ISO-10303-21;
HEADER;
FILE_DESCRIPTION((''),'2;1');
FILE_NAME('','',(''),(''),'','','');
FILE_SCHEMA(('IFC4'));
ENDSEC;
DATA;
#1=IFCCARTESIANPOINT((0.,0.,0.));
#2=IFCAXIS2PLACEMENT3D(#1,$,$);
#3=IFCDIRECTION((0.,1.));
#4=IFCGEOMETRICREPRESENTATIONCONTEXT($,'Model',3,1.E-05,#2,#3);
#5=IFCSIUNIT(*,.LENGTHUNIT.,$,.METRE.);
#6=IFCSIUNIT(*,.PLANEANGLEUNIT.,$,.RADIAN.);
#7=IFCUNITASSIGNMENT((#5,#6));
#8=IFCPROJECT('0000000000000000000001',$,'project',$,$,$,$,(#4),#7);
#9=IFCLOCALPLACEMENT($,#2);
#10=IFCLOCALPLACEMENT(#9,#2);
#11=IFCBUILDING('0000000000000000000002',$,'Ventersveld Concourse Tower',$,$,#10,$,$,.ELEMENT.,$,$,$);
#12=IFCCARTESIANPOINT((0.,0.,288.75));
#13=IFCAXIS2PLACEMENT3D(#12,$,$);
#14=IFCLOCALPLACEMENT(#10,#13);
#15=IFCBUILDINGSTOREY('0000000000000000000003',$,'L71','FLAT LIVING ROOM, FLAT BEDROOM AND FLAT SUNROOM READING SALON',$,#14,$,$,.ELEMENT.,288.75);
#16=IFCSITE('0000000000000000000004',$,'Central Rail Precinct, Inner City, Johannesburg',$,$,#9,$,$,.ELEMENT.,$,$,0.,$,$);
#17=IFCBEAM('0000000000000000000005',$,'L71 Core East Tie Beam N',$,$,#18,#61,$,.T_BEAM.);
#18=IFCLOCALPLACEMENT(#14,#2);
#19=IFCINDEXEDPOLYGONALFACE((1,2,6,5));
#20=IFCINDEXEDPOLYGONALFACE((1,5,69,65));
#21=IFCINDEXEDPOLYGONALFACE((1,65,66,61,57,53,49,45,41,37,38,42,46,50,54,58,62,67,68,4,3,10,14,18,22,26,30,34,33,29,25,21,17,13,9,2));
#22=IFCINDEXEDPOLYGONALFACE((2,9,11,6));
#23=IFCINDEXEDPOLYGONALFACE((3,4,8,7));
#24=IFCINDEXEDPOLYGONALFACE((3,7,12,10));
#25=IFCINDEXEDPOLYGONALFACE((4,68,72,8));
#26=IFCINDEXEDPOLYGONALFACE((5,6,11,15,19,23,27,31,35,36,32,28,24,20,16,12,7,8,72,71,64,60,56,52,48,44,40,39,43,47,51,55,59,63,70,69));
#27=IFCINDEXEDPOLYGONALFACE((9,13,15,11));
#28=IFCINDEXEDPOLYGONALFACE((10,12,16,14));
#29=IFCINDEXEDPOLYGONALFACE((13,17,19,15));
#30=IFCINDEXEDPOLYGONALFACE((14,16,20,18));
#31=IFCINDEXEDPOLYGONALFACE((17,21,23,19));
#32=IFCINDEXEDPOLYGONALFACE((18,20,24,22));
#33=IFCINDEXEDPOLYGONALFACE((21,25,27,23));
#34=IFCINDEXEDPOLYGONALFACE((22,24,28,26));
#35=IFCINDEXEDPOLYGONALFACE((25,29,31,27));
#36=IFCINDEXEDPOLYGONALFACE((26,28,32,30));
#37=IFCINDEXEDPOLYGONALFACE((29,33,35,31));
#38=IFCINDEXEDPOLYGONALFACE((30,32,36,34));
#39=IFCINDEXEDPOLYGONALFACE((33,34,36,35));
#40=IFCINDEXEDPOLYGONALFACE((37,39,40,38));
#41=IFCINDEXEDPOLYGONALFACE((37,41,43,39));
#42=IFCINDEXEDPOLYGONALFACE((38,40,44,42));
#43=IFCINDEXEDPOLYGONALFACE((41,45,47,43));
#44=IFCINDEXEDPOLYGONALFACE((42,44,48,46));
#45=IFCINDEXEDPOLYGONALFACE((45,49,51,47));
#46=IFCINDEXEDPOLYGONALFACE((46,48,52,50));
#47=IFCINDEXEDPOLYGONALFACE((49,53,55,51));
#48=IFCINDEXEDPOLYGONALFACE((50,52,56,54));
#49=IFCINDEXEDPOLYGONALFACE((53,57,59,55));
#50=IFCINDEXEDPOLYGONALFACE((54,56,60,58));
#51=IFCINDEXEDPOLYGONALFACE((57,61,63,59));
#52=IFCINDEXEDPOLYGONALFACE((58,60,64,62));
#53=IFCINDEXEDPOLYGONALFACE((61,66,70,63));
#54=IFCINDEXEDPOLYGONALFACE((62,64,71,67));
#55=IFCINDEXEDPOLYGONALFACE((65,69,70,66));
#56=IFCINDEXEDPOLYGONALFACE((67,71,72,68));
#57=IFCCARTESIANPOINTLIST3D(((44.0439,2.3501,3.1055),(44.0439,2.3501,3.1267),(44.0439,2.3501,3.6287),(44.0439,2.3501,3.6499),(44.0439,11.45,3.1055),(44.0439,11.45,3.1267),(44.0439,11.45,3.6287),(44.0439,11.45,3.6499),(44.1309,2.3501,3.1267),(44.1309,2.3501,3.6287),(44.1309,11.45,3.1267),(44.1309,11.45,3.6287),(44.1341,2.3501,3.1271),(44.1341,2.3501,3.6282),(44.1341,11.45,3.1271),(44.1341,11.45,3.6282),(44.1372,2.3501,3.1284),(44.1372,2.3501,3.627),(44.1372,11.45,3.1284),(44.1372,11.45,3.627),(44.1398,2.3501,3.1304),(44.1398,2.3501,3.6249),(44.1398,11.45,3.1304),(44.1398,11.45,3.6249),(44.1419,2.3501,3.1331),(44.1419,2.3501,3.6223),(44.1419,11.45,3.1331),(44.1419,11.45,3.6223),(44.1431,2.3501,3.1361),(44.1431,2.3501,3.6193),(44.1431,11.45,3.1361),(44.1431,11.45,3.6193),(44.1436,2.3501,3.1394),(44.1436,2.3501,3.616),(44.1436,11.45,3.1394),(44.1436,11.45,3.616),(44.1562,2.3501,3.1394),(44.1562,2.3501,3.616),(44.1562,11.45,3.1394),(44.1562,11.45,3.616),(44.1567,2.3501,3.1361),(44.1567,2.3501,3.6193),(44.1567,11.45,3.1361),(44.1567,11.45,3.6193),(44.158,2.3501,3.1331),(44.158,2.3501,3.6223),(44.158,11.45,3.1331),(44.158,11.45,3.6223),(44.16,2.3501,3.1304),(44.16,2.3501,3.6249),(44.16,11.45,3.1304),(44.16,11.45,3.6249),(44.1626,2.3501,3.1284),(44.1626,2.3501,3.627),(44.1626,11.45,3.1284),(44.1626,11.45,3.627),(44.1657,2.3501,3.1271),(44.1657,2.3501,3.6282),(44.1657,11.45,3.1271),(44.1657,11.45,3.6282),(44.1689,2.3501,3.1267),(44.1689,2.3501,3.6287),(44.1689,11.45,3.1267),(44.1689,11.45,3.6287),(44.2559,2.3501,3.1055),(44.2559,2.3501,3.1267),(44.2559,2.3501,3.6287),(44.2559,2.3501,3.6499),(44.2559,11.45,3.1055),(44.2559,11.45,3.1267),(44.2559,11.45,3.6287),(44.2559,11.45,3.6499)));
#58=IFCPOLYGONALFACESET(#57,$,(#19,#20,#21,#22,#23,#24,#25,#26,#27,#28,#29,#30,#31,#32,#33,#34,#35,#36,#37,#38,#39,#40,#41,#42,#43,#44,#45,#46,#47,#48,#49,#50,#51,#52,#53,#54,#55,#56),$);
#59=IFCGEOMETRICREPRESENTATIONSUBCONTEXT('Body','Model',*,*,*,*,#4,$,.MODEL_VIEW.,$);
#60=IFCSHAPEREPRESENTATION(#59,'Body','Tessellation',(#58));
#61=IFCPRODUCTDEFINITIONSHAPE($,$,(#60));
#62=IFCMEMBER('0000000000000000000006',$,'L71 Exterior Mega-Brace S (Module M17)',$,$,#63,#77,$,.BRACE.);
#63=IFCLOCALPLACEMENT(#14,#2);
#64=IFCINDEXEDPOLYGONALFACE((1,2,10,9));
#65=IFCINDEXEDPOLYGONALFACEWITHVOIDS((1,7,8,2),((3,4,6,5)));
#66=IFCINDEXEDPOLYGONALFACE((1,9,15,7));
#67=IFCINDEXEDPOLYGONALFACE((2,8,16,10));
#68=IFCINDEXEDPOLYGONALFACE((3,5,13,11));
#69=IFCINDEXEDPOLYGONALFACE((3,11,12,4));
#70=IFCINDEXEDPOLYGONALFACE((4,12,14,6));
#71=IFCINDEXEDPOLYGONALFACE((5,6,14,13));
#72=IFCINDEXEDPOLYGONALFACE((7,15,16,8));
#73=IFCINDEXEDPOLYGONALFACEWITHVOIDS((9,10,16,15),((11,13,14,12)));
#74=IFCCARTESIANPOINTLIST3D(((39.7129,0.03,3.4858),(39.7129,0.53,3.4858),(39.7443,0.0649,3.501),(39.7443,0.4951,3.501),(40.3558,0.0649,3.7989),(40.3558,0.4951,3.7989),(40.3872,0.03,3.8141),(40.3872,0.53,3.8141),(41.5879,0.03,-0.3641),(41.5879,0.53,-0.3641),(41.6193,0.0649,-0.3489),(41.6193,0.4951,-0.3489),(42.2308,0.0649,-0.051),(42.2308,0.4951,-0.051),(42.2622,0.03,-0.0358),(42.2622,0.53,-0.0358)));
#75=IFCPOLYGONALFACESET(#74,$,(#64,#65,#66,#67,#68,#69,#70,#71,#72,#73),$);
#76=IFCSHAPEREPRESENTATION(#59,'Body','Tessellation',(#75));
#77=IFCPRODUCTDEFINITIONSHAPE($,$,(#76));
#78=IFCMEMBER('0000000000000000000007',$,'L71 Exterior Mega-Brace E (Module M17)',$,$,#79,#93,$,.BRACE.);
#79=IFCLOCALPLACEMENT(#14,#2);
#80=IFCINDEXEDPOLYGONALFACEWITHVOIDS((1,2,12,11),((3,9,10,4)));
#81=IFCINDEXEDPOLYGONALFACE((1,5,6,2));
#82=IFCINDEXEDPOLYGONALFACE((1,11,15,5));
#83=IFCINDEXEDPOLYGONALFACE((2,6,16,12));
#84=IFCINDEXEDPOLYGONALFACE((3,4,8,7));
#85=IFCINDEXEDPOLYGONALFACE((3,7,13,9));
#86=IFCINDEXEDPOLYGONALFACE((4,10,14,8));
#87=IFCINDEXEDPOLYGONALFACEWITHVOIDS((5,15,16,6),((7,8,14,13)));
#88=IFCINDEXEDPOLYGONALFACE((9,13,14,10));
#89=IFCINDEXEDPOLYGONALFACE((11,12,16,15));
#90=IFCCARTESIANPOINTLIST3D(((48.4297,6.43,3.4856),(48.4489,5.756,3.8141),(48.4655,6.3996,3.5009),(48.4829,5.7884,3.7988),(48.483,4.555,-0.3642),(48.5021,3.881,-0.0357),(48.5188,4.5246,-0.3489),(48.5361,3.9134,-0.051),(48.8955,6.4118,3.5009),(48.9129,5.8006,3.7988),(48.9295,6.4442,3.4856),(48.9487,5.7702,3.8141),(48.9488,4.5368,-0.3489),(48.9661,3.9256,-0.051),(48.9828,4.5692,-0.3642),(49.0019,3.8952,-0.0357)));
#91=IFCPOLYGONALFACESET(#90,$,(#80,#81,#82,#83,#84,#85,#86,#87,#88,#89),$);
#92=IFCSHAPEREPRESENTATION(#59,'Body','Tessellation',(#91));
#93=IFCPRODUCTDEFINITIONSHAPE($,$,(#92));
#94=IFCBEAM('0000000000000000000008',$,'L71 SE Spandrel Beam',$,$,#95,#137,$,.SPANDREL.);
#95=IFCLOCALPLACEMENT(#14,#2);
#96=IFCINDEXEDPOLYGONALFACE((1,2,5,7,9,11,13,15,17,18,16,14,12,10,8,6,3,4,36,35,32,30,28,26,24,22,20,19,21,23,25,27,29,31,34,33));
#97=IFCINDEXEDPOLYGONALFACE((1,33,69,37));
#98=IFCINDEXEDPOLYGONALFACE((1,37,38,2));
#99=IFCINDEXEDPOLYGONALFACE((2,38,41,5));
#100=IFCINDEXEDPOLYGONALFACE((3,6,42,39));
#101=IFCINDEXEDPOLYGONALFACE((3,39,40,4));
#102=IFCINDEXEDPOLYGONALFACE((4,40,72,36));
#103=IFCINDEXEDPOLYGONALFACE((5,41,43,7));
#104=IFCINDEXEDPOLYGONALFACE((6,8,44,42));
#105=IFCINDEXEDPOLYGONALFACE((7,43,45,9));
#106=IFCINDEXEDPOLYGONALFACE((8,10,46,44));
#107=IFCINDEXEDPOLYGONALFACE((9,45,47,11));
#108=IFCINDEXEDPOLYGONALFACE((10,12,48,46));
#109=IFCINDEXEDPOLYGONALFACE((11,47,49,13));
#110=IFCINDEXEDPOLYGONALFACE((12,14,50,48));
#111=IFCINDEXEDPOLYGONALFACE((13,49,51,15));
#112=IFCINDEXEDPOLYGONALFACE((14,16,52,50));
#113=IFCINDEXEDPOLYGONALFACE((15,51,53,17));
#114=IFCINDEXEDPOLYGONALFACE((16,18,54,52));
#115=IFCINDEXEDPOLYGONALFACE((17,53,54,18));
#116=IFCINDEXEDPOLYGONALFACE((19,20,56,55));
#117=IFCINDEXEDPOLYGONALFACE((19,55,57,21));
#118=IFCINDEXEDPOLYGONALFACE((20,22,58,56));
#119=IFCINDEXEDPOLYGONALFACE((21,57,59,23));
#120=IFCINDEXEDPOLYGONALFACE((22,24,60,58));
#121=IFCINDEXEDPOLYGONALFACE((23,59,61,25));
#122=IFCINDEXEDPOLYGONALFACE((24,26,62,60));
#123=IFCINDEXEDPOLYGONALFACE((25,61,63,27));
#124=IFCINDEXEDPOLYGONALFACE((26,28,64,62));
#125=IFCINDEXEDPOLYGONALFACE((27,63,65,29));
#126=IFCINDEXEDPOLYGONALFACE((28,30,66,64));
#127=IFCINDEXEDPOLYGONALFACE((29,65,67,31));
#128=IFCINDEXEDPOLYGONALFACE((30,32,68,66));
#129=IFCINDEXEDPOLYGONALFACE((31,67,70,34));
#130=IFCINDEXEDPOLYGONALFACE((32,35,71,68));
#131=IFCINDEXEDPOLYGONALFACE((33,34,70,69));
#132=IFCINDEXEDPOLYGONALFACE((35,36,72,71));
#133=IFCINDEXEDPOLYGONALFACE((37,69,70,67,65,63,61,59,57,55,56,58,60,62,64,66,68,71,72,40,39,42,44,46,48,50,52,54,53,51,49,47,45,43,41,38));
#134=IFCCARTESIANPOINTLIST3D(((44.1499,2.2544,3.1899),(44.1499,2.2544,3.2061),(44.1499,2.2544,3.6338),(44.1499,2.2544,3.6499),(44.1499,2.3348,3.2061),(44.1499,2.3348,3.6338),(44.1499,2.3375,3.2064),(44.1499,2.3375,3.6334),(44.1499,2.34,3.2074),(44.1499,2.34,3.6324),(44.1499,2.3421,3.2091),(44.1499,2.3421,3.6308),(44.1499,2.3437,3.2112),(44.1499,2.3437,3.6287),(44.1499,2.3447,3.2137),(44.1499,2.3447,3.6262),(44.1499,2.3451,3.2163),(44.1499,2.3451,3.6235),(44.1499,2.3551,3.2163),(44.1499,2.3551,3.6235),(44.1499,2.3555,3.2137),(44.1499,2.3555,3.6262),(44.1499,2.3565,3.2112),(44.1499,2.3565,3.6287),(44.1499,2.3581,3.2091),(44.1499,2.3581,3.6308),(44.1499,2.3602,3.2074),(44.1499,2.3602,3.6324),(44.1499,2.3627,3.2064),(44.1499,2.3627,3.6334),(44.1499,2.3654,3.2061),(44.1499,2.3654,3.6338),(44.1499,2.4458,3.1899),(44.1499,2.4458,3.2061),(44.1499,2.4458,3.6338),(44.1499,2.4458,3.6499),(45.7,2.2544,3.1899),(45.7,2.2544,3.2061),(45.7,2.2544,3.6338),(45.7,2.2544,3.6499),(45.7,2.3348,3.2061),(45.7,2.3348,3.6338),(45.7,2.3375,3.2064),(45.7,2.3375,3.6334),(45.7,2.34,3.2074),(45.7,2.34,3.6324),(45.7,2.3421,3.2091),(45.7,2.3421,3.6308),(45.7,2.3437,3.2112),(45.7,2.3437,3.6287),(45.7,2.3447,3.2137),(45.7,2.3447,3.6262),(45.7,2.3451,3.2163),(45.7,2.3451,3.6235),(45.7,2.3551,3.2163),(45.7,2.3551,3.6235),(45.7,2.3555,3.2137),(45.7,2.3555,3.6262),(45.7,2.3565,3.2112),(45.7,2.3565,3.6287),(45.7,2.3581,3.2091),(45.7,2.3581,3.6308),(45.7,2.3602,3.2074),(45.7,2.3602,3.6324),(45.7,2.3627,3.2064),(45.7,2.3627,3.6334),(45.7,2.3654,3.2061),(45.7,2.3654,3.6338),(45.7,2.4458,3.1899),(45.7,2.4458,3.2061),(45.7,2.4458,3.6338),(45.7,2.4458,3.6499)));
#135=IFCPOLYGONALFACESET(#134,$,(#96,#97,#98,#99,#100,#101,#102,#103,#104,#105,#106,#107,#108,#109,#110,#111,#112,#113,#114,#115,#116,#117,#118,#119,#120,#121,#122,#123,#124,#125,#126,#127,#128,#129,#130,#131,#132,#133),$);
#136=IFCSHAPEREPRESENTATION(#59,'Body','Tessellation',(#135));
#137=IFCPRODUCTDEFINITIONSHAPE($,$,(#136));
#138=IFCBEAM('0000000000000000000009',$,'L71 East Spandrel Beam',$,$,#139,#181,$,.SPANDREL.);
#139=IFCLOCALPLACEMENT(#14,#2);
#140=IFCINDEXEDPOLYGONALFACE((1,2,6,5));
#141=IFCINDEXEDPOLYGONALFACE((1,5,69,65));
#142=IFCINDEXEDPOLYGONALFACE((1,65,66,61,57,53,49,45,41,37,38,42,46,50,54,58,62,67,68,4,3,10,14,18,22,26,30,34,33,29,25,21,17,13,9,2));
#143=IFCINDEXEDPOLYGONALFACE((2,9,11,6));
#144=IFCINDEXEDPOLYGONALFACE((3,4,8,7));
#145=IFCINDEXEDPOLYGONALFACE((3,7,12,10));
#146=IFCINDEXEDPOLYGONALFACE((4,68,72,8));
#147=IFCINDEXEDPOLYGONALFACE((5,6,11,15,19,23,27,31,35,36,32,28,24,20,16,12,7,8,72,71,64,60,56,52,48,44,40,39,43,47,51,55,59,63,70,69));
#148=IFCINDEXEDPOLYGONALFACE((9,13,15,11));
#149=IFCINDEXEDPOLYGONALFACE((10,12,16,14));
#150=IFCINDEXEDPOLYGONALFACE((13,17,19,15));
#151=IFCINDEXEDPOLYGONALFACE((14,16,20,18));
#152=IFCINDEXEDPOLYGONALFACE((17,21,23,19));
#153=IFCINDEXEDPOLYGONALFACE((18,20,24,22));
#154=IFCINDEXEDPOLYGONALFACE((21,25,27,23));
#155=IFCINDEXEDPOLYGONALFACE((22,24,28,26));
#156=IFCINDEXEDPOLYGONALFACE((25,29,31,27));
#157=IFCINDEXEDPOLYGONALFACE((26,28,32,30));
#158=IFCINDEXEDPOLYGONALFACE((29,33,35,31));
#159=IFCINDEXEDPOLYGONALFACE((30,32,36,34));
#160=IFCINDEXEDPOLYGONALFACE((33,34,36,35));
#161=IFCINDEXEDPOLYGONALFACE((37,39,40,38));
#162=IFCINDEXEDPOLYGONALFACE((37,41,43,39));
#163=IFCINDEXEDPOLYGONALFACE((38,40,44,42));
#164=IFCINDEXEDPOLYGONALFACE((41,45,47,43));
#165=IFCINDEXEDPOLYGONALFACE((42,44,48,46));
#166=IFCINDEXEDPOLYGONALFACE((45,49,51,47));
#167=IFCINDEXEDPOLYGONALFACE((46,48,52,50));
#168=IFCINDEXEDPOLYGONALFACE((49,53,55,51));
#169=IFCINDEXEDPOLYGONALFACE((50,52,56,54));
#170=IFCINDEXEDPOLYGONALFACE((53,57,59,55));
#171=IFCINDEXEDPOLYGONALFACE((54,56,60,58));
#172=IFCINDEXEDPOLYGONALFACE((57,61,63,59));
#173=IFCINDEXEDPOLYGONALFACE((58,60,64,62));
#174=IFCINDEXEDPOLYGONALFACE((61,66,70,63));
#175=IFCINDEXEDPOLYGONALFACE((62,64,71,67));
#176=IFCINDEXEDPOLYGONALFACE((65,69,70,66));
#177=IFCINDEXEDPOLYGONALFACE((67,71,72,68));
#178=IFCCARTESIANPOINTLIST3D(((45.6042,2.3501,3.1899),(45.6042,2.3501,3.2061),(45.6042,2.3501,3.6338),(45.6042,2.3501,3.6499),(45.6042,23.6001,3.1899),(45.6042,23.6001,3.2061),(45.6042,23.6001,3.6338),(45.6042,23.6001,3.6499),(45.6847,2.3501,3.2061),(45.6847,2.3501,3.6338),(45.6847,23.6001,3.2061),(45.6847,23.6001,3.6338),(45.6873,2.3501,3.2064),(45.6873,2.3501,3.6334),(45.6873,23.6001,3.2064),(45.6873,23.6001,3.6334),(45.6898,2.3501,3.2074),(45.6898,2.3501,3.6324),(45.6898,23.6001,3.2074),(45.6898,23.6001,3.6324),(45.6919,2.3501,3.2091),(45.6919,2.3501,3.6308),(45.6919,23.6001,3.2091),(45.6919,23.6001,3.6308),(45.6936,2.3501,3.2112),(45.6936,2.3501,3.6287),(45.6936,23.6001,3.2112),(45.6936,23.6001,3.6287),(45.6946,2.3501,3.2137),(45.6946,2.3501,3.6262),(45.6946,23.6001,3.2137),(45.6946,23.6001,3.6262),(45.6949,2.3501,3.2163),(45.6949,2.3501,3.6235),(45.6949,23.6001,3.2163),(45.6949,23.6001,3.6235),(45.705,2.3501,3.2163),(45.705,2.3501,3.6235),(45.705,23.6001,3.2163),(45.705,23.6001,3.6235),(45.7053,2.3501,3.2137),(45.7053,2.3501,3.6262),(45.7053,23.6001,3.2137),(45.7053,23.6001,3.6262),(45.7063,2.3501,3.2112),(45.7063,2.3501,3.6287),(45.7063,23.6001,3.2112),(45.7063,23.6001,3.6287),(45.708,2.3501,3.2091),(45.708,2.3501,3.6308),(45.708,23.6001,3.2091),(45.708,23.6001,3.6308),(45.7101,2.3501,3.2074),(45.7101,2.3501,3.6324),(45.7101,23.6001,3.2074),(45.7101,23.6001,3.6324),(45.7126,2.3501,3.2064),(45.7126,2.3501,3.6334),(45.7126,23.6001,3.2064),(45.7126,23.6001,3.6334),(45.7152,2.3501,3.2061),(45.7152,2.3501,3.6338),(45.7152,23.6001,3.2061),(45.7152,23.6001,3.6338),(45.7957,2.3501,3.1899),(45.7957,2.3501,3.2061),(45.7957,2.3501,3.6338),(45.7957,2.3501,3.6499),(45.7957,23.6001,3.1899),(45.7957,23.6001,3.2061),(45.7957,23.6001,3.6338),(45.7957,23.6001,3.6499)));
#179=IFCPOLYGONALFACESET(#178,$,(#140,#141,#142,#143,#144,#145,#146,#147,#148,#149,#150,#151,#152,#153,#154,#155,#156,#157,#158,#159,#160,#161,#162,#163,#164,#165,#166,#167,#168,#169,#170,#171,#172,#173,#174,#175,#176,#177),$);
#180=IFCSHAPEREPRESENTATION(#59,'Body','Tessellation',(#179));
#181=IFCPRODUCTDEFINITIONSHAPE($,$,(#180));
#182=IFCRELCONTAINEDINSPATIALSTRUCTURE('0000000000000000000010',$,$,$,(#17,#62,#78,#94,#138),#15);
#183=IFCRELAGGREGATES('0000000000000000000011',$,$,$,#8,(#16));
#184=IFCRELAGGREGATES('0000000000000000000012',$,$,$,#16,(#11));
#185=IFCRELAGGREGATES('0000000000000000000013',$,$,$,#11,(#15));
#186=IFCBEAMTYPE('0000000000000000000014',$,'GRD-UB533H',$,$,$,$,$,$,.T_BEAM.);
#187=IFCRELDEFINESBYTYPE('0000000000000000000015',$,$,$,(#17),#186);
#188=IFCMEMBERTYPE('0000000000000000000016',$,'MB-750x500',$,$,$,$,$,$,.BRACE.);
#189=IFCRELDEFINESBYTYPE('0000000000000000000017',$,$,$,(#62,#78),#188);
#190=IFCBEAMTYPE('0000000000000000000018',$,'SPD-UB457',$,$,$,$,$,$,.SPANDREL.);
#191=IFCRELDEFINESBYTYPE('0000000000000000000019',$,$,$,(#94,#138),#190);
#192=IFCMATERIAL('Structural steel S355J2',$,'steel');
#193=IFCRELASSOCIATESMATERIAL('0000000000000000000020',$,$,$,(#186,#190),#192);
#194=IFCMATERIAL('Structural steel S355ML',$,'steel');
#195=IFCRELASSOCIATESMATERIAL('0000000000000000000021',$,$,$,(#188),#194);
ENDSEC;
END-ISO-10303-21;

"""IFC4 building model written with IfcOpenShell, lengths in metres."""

from ifc_helpers import new_model, si_unit, direction, frame, origin, origin_2d, place, context, subcontext, project, spatial, hollow_rectangle, i_section, extrude, material, material_profile, profile_set, type_object, element, save


model = new_model("IFC4")

# Units and contexts
model_context = context("Model", 3, precision=1e-05, world=origin(), true_north=direction((0.0, 1.0)))
body_context = subcontext(model_context, "Body", "Model", "MODEL_VIEW")
ifc_project = project(units=[si_unit("LENGTHUNIT", "METRE"), si_unit("PLANEANGLEUNIT", "RADIAN")], contexts=[model_context])

# Site, building, storey
site_placement = place(None, origin())
site = spatial("IfcSite", under=ifc_project, at=site_placement, Name="Central Rail Precinct, Inner City, Johannesburg", CompositionType="ELEMENT", RefElevation=0.0)
building_placement = place(site_placement, origin())
building = spatial("IfcBuilding", under=site, at=building_placement, Name="Ventersveld Concourse Tower", CompositionType="ELEMENT")
storey_placement = place(building_placement, frame((0.0, 0.0, 288.75)))
storey = spatial("IfcBuildingStorey", under=building, at=storey_placement, Name="L71", Description="FLAT LIVING ROOM, FLAT BEDROOM AND FLAT SUNROOM READING SALON", CompositionType="ELEMENT", Elevation=288.75)

# Beam
ifc_material_1 = material(Name="Structural steel S355J2", Category="steel")
ifc_material_profile_1 = material_profile(ifc_material_1, i_section(OverallWidth=0.2119, OverallDepth=0.5444, WebThickness=0.0127, FlangeThickness=0.0212, FilletRadius=0.0127, at=origin_2d()), Name="UB 533x210x122")
ifc_profile_set_1 = profile_set([ifc_material_profile_1], Name="Structural steel S355J2")
beam_type_1 = type_object("IfcBeamType", Name="GRD-UB533H", PredefinedType="T_BEAM", material=ifc_profile_set_1)
beam_1_placement = place(storey_placement, frame((44.1499, 2.3501, 3.3777), z_axis=(0.0, 1.0, 0.0), x_axis=(-1.0, 0.0, 0.0)))
element("IfcBeam", 1, at=beam_1_placement, inside=storey, type_object=beam_type_1, Name="L71 Core East Tie Beam N", PredefinedType="T_BEAM", context=body_context, shape_type="SweptSolid", body=[
    extrude(i_section(OverallWidth=0.2119, OverallDepth=0.5444, WebThickness=0.0127, FlangeThickness=0.0212, FilletRadius=0.0127, at=origin_2d()), origin(), (0.0, 0.0, 1.0), 9.0999),
])

# Members
ifc_material_2 = material(Name="Structural steel S355ML", Category="steel")
ifc_material_profile_2 = material_profile(ifc_material_2, hollow_rectangle(XDim=0.5, YDim=0.75, WallThickness=0.0349, at=origin_2d()), Name="BOX 750x500x35")
ifc_profile_set_2 = profile_set([ifc_material_profile_2], Name="Structural steel S355ML")
member_type = type_object("IfcMemberType", Name="MB-750x500", PredefinedType="BRACE", material=ifc_profile_set_2)
member_1_placement = place(storey_placement, frame((41.925, 0.28, -0.2), z_axis=(-0.437862, 0.0, 0.899042), x_axis=(0.0, -1.0, 0.0)))
element("IfcMember", 2, at=member_1_placement, inside=storey, type_object=member_type, Name="L71 Exterior Mega-Brace S (Module M17)", PredefinedType="BRACE", context=body_context, shape_type="SweptSolid", body=[
    extrude(hollow_rectangle(XDim=0.5, YDim=0.75, WallThickness=0.0349, at=origin_2d()), origin(), (0.0, 0.0, 1.0), 4.2822),
])
member_2_placement = place(storey_placement, frame((48.7424, 4.2251, -0.2), z_axis=(-0.012428, 0.437828, 0.898973), x_axis=(-0.999597, -0.028374, 0.0)))
element("IfcMember", 3, at=member_2_placement, inside=storey, type_object=member_type, Name="L71 Exterior Mega-Brace E (Module M17)", PredefinedType="BRACE", context=body_context, shape_type="SweptSolid", body=[
    extrude(hollow_rectangle(XDim=0.5, YDim=0.75, WallThickness=0.0349, at=origin_2d()), origin(), (0.0, 0.0, 1.0), 4.2825),
])

# Beams
ifc_material_profile_3 = material_profile(ifc_material_1, i_section(OverallWidth=0.1914, OverallDepth=0.46, WebThickness=0.01, FlangeThickness=0.0161, FilletRadius=0.0103, at=origin_2d()), Name="UB 457x191x82")
ifc_profile_set_3 = profile_set([ifc_material_profile_3], Name="Structural steel S355J2")
beam_type_2 = type_object("IfcBeamType", Name="SPD-UB457", PredefinedType="SPANDREL", material=ifc_profile_set_3)
beam_2_placement = place(storey_placement, frame((44.1499, 2.3501, 3.4199), z_axis=(1.0, 0.0, 0.0), x_axis=(0.0, 1.0, 0.0)))
element("IfcBeam", 4, at=beam_2_placement, inside=storey, type_object=beam_type_2, Name="L71 SE Spandrel Beam", PredefinedType="SPANDREL", context=body_context, shape_type="SweptSolid", body=[
    extrude(i_section(OverallWidth=0.1914, OverallDepth=0.46, WebThickness=0.01, FlangeThickness=0.0161, FilletRadius=0.0103, at=origin_2d()), origin(), (0.0, 0.0, 1.0), 1.55),
])
beam_3_placement = place(storey_placement, frame((45.7, 2.3501, 3.4199), z_axis=(0.0, 1.0, 0.0), x_axis=(-1.0, 0.0, 0.0)))
element("IfcBeam", 5, at=beam_3_placement, inside=storey, type_object=beam_type_2, Name="L71 East Spandrel Beam", PredefinedType="SPANDREL", context=body_context, shape_type="SweptSolid", body=[
    extrude(i_section(OverallWidth=0.1914, OverallDepth=0.46, WebThickness=0.01, FlangeThickness=0.0161, FilletRadius=0.0103, at=origin_2d()), origin(), (0.0, 0.0, 1.0), 21.25),
])

save(model, "model.ifc")
